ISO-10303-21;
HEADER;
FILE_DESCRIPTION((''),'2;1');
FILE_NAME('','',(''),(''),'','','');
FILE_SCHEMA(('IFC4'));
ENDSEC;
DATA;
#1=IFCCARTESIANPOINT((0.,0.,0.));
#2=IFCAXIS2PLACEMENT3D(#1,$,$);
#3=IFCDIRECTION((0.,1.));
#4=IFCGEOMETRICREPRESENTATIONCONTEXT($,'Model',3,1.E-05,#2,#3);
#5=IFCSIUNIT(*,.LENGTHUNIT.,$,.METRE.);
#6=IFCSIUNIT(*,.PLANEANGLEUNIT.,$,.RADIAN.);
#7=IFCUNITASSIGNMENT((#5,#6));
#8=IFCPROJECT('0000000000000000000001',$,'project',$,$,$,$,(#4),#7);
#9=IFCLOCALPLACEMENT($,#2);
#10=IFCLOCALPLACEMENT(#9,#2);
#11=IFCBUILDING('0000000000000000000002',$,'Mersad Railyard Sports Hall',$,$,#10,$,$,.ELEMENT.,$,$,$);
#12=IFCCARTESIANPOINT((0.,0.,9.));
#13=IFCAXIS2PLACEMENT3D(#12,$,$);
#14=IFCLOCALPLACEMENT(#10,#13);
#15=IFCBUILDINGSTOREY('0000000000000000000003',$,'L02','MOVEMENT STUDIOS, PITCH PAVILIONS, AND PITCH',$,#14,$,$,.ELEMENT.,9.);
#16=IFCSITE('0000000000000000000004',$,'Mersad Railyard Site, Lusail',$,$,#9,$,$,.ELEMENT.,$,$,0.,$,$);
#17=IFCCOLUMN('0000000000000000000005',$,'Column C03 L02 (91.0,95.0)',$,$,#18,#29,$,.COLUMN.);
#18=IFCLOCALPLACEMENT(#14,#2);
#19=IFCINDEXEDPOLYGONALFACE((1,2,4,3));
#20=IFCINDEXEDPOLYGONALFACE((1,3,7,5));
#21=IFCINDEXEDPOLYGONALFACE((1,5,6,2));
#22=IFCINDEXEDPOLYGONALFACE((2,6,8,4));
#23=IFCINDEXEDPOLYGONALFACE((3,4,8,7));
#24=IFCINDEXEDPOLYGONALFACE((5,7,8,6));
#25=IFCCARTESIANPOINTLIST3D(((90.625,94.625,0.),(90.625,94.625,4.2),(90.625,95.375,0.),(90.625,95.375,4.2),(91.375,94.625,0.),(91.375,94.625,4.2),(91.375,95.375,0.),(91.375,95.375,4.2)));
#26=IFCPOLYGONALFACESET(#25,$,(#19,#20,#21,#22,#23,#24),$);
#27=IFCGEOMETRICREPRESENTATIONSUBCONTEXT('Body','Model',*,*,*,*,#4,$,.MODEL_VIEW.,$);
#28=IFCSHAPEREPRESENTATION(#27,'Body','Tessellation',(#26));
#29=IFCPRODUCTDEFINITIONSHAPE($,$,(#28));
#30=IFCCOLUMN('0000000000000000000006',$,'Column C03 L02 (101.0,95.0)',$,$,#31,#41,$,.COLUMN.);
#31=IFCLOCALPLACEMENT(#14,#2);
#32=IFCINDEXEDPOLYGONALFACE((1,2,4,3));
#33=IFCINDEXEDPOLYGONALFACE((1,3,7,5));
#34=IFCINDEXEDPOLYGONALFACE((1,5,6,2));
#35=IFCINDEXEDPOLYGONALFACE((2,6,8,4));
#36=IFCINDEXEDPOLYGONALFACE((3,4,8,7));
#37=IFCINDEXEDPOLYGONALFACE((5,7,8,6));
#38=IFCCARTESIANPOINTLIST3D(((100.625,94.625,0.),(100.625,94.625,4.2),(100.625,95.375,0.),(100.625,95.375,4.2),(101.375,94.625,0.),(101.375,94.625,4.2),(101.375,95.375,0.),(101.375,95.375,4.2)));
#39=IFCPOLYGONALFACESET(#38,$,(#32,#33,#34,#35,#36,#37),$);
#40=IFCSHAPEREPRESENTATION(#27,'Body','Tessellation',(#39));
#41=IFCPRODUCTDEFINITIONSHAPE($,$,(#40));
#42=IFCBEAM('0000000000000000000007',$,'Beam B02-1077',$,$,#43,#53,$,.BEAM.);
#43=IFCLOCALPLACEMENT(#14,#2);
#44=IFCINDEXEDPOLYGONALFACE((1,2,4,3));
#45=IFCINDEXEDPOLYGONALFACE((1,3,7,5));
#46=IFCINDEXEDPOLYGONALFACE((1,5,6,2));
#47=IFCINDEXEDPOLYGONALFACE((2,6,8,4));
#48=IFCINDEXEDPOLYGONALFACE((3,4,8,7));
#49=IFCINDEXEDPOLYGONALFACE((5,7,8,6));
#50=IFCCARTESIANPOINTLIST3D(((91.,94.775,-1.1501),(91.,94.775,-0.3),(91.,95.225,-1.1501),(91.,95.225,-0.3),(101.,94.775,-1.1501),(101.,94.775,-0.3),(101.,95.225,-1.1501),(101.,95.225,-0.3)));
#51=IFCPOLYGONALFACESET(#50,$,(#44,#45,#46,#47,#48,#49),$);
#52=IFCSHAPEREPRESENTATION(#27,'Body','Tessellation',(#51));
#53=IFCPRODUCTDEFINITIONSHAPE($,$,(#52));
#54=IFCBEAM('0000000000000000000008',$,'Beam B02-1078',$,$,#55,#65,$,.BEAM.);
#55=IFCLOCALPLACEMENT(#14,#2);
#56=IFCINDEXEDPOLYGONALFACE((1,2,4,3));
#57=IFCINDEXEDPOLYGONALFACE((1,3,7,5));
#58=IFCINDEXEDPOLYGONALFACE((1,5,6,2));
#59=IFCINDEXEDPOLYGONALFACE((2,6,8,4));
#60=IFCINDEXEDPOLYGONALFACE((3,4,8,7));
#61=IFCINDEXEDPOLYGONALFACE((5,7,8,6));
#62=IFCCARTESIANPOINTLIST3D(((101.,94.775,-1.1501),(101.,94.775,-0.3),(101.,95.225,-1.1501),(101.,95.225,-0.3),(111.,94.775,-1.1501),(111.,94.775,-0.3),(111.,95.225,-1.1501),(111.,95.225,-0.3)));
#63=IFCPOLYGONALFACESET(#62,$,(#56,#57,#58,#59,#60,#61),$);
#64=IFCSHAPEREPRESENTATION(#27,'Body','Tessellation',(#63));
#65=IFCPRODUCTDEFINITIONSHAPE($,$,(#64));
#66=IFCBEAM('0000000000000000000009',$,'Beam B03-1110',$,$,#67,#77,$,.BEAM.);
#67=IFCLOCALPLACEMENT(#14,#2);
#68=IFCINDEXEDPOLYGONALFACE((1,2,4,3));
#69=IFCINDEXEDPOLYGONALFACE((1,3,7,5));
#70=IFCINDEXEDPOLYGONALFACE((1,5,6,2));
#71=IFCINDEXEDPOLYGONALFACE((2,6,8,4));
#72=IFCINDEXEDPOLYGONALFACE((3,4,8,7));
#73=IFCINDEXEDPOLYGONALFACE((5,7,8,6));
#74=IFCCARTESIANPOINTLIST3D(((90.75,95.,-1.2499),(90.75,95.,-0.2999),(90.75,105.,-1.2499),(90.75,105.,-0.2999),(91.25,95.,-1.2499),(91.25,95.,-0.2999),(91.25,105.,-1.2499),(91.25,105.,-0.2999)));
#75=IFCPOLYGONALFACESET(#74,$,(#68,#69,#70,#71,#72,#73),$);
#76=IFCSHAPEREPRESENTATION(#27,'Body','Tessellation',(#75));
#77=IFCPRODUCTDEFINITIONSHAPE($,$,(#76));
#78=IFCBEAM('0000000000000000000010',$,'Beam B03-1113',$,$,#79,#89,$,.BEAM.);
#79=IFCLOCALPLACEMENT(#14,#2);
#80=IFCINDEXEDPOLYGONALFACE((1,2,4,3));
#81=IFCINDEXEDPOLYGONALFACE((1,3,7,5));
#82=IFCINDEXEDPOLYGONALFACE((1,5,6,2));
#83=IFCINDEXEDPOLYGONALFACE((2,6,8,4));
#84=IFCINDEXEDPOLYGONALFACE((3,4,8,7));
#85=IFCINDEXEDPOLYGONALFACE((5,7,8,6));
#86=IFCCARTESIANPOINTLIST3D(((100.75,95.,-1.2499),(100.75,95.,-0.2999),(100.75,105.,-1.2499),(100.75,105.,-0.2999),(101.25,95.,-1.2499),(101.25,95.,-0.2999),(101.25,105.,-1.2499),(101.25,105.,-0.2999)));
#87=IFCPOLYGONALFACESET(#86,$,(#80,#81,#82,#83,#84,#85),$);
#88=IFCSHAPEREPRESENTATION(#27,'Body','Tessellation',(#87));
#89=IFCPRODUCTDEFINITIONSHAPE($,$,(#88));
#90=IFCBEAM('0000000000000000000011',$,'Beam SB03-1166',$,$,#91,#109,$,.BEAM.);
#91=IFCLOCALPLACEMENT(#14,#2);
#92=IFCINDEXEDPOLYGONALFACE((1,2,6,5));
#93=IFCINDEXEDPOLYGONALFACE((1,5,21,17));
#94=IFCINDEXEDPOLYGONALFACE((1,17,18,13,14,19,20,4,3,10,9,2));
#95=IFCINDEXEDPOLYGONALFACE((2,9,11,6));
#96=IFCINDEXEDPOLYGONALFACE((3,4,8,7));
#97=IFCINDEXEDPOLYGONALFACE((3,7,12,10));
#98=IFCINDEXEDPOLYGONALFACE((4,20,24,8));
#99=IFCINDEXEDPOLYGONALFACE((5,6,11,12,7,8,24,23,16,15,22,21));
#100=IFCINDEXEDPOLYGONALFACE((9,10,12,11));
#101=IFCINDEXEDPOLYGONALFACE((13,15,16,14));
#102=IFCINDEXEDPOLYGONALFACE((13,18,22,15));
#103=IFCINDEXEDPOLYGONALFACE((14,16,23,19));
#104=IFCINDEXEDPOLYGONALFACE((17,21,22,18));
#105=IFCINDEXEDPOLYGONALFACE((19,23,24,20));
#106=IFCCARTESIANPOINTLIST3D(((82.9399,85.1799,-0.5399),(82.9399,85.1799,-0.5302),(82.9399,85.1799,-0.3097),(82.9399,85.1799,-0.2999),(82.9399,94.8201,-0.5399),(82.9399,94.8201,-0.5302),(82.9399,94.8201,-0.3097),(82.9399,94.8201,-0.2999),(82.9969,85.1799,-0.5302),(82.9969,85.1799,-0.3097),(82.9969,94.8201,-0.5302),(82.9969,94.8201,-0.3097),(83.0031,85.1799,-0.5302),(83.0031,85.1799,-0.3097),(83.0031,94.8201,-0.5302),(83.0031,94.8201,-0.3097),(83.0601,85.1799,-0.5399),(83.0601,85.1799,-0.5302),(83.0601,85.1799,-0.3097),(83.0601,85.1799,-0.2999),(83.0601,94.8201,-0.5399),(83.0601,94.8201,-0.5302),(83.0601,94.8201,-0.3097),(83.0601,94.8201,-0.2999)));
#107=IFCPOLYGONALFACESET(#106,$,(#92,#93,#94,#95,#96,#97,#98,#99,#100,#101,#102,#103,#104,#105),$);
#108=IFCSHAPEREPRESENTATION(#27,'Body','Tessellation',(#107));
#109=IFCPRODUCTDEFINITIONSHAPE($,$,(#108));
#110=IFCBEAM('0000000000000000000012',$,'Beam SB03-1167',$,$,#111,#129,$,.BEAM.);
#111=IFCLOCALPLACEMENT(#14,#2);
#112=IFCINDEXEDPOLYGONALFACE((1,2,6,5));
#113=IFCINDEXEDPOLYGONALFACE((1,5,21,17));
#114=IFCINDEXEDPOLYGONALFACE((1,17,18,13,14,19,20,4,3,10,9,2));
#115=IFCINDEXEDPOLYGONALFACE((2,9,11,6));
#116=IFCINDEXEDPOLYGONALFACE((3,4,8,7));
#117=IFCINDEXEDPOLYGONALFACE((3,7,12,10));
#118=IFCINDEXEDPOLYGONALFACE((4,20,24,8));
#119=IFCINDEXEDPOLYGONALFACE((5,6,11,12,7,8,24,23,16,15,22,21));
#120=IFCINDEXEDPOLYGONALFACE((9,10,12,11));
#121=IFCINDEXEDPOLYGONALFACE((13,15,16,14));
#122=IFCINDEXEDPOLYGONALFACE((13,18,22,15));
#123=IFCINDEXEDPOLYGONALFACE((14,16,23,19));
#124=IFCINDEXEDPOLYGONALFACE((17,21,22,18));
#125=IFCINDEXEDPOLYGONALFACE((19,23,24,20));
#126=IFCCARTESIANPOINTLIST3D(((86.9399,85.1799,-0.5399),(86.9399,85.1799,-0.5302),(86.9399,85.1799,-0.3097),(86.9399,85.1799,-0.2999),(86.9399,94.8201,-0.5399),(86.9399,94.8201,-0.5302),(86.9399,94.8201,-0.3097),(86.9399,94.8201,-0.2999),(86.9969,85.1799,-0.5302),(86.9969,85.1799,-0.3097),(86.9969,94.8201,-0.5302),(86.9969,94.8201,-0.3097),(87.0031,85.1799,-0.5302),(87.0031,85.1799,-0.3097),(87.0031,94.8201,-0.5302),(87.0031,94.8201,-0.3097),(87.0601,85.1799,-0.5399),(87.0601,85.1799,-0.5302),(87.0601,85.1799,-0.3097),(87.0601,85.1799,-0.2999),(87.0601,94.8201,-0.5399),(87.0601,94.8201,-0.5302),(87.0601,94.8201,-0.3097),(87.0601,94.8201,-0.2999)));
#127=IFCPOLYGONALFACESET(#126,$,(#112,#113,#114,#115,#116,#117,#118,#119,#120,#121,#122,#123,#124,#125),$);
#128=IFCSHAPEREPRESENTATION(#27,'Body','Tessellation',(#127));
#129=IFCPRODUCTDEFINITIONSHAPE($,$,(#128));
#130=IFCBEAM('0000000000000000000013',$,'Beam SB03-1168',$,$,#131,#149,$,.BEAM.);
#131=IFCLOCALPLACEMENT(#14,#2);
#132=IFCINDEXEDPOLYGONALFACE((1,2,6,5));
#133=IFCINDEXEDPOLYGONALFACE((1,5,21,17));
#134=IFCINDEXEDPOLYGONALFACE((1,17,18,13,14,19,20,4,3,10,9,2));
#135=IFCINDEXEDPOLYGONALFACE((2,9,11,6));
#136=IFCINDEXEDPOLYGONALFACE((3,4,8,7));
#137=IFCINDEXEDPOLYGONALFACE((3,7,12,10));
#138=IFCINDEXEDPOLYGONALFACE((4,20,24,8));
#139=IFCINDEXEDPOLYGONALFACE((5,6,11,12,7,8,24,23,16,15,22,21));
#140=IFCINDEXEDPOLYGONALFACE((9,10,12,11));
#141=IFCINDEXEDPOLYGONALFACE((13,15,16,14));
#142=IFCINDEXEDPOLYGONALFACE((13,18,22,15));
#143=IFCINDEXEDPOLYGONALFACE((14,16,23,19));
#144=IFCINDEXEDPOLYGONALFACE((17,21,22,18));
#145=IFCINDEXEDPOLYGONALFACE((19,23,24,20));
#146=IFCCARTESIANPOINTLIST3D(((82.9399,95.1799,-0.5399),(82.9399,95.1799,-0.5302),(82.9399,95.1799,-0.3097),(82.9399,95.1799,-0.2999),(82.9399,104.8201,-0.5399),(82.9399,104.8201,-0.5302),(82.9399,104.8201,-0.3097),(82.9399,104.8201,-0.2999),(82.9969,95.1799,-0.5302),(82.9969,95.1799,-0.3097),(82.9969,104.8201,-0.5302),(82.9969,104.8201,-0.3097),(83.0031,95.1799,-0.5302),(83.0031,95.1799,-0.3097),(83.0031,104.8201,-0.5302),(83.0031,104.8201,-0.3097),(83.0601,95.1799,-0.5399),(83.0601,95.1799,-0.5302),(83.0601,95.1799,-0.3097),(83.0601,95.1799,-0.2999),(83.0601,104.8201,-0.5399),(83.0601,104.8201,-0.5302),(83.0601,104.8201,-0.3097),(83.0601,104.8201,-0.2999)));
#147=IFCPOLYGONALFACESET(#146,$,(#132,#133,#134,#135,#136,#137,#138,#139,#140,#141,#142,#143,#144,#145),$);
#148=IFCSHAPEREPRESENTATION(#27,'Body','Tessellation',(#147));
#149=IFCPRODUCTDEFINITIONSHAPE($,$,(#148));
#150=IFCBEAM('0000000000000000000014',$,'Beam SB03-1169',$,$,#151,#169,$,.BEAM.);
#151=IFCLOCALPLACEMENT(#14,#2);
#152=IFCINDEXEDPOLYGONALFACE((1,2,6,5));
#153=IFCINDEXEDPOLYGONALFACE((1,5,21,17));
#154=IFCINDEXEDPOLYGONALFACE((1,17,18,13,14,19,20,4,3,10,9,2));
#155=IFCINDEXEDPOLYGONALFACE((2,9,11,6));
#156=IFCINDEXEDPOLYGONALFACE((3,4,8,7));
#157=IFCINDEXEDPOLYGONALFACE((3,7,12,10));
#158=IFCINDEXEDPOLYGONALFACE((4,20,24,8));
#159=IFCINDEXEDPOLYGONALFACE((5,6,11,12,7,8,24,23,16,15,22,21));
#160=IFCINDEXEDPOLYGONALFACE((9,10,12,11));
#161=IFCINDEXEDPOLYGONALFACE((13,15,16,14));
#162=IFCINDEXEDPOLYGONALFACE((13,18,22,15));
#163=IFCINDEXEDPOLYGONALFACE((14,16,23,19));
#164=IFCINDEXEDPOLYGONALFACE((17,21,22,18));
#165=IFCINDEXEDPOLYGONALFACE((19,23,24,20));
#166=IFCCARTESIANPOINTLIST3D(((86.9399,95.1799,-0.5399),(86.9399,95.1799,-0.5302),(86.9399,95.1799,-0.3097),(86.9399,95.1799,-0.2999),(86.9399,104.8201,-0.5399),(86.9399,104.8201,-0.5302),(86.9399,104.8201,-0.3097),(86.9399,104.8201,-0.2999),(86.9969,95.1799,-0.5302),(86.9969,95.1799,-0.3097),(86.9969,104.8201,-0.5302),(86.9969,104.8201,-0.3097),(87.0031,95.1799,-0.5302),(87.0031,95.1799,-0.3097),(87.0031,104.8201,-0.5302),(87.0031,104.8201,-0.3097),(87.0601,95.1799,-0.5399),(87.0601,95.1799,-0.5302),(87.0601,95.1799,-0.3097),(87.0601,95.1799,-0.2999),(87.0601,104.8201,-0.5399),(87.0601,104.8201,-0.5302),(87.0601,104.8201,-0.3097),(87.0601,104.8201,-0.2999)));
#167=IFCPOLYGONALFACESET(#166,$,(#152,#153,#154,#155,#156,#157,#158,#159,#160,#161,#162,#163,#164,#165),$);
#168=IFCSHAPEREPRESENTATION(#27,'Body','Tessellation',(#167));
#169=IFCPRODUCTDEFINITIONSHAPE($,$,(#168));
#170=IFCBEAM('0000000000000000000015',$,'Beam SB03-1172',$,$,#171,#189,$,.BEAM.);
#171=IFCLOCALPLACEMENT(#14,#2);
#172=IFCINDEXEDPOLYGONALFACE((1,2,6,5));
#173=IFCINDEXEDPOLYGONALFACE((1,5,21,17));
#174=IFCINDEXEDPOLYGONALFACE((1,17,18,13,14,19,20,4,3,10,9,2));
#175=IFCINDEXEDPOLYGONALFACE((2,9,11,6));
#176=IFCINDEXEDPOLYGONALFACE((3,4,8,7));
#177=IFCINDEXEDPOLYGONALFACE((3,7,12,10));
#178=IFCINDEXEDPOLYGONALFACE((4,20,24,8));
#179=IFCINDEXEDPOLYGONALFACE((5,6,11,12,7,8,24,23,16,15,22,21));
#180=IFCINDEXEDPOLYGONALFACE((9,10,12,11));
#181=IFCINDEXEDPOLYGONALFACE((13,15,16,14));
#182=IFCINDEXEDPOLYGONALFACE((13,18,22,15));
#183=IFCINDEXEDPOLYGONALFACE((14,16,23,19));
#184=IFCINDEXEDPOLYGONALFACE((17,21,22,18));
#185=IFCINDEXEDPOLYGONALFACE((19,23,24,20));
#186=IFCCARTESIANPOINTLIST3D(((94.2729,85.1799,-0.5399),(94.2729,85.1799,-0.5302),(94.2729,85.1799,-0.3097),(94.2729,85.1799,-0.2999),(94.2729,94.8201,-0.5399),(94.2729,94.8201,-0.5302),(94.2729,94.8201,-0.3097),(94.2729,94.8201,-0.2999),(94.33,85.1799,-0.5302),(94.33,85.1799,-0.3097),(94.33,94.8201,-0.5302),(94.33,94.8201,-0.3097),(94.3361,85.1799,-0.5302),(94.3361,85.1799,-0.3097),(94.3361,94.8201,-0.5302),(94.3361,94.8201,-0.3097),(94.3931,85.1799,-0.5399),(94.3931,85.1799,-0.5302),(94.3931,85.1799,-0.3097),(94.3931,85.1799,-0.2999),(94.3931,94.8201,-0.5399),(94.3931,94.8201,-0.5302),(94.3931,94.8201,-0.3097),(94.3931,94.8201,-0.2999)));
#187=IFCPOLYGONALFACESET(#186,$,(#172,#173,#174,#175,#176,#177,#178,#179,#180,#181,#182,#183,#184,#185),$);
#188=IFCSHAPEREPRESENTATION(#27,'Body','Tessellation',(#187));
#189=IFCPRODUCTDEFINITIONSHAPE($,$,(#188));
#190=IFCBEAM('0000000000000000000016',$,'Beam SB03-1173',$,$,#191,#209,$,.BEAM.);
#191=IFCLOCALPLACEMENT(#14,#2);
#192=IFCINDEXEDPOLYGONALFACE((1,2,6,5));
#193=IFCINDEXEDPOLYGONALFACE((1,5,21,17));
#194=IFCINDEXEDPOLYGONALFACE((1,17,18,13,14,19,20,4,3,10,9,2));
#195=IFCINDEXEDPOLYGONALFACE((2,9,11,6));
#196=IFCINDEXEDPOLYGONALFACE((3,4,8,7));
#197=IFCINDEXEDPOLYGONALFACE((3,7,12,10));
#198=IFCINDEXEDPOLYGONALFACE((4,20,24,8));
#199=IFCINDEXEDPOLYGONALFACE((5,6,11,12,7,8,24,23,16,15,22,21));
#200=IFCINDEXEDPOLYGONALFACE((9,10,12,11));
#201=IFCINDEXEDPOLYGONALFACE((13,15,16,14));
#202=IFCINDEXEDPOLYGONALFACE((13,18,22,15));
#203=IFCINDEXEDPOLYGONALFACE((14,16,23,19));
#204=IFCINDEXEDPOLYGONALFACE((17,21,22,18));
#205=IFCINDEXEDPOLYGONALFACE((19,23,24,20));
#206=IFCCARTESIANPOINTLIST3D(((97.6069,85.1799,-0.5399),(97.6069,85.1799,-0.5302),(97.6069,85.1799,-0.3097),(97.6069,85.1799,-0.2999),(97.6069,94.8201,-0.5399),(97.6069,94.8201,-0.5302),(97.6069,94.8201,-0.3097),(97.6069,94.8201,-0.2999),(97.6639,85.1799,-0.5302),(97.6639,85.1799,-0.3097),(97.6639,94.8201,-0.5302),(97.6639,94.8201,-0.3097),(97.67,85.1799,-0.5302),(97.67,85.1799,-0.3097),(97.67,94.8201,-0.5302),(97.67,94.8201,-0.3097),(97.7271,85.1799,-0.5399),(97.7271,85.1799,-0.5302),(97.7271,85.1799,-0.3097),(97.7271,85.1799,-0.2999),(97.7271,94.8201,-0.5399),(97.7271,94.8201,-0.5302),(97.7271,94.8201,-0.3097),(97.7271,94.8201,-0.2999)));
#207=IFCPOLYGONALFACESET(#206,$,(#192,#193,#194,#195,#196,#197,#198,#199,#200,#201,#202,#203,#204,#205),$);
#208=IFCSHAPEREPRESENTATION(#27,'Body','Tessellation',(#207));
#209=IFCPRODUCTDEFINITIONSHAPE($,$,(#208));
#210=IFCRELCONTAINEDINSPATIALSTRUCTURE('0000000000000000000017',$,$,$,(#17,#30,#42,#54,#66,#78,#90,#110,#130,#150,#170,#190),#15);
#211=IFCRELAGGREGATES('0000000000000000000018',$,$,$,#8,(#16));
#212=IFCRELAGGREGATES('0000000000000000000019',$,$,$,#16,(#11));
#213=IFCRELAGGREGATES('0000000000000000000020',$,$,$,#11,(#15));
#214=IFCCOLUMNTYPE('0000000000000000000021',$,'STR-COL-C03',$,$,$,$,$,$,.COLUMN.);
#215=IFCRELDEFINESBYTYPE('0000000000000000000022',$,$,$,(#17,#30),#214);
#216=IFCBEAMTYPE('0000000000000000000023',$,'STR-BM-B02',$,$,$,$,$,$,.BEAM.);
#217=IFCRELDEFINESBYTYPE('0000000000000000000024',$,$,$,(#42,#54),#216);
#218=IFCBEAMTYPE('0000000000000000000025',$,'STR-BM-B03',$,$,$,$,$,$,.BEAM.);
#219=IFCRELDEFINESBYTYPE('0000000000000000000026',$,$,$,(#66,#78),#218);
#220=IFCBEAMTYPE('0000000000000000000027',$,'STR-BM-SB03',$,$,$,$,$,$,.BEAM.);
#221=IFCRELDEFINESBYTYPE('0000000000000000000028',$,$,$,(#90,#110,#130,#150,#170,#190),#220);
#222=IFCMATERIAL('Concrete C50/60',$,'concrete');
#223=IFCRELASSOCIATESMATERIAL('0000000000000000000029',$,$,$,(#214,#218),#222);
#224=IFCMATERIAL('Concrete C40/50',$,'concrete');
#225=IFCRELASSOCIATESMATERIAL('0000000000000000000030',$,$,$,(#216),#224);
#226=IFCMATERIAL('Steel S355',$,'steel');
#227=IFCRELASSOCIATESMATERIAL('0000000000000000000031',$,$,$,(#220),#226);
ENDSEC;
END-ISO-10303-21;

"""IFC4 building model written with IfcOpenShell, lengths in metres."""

from ifc_helpers import new_model, si_unit, direction, frame, origin, origin_2d, place, context, subcontext, project, spatial, rectangle, i_section, extrude, material, material_profile, profile_set, type_object, element, save


model = new_model("IFC4")

# Units and contexts
model_context = context("Model", 3, precision=1e-05, world=origin(), true_north=direction((0.0, 1.0)))
body_context = subcontext(model_context, "Body", "Model", "MODEL_VIEW")
ifc_project = project(units=[si_unit("LENGTHUNIT", "METRE"), si_unit("PLANEANGLEUNIT", "RADIAN")], contexts=[model_context])

# Site, building, storey
site_placement = place(None, origin())
site = spatial("IfcSite", under=ifc_project, at=site_placement, Name="Mersad Railyard Site, Lusail", CompositionType="ELEMENT", RefElevation=0.0)
building_placement = place(site_placement, origin())
building = spatial("IfcBuilding", under=site, at=building_placement, Name="Mersad Railyard Sports Hall", CompositionType="ELEMENT")
storey_placement = place(building_placement, frame((0.0, 0.0, 9.0)))
storey = spatial("IfcBuildingStorey", under=building, at=storey_placement, Name="L02", Description="MOVEMENT STUDIOS, PITCH PAVILIONS, AND PITCH", CompositionType="ELEMENT", Elevation=9.0)

# Columns
ifc_material_1 = material(Name="Concrete C50/60", Category="concrete")
ifc_material_profile_1 = material_profile(ifc_material_1, rectangle(XDim=0.75, YDim=0.75, at=origin_2d()), Name="RC 750x750")
ifc_profile_set_1 = profile_set([ifc_material_profile_1], Name="Concrete C50/60")
column_type = type_object("IfcColumnType", Name="STR-COL-C03", PredefinedType="COLUMN", material=ifc_profile_set_1)
for number, where, z_axis, x_axis, name in (
    (1, (91.0, 95.0, 0.0), (0.0, 0.0, 1.0), (1.0, 0.0, 0.0), "Column C03 L02 (91.0,95.0)"),
    (2, (101.0, 95.0, 0.0), (0.0, 0.0, 1.0), (1.0, 0.0, 0.0), "Column C03 L02 (101.0,95.0)"),
):
    element("IfcColumn", number, at=place(storey_placement, frame(where, z_axis=z_axis, x_axis=x_axis)), inside=storey, type_object=column_type, Name=name, PredefinedType="COLUMN", context=body_context, shape_type="SweptSolid", body=[
        extrude(rectangle(XDim=0.75, YDim=0.75, at=origin_2d()), origin(), (0.0, 0.0, 1.0), 4.2),
    ])

# Beams
ifc_material_2 = material(Name="Concrete C40/50", Category="concrete")
ifc_material_profile_2 = material_profile(ifc_material_2, rectangle(XDim=0.45, YDim=0.8501, at=origin_2d()), Name="RC 450x850")
ifc_profile_set_2 = profile_set([ifc_material_profile_2], Name="Concrete C40/50")
beam_type_1 = type_object("IfcBeamType", Name="STR-BM-B02", PredefinedType="BEAM", material=ifc_profile_set_2)
for number, where, z_axis, x_axis, name in (
    (3, (91.0, 95.0, -0.7251), (1.0, 0.0, 0.0), (0.0, 1.0, 0.0), "Beam B02-1077"),
    (4, (101.0, 95.0, -0.7251), (1.0, 0.0, 0.0), (0.0, 1.0, 0.0), "Beam B02-1078"),
):
    element("IfcBeam", number, at=place(storey_placement, frame(where, z_axis=z_axis, x_axis=x_axis)), inside=storey, type_object=beam_type_1, Name=name, PredefinedType="BEAM", context=body_context, shape_type="SweptSolid", body=[
        extrude(rectangle(XDim=0.45, YDim=0.8501, at=origin_2d()), origin(), (0.0, 0.0, 1.0), 10.0),
    ])
ifc_material_profile_3 = material_profile(ifc_material_1, rectangle(XDim=0.5, YDim=0.95, at=origin_2d()), Name="RC 500x950")
ifc_profile_set_3 = profile_set([ifc_material_profile_3], Name="Concrete C50/60")
beam_type_2 = type_object("IfcBeamType", Name="STR-BM-B03", PredefinedType="BEAM", material=ifc_profile_set_3)
for number, where, z_axis, x_axis, name in (
    (5, (91.0, 95.0, -0.7749), (0.0, 1.0, 0.0), (-1.0, 0.0, 0.0), "Beam B03-1110"),
    (6, (101.0, 95.0, -0.7749), (0.0, 1.0, 0.0), (-1.0, 0.0, 0.0), "Beam B03-1113"),
):
    element("IfcBeam", number, at=place(storey_placement, frame(where, z_axis=z_axis, x_axis=x_axis)), inside=storey, type_object=beam_type_2, Name=name, PredefinedType="BEAM", context=body_context, shape_type="SweptSolid", body=[
        extrude(rectangle(XDim=0.5, YDim=0.95, at=origin_2d()), origin(), (0.0, 0.0, 1.0), 10.0),
    ])
ifc_material_3 = material(Name="Steel S355", Category="steel")
ifc_material_profile_4 = material_profile(ifc_material_3, i_section(OverallWidth=0.1201, OverallDepth=0.24, WebThickness=0.0061, FlangeThickness=0.0098, at=origin_2d()), Name="IPE 240")
ifc_profile_set_4 = profile_set([ifc_material_profile_4], Name="Steel S355")
beam_type_3 = type_object("IfcBeamType", Name="STR-BM-SB03", PredefinedType="BEAM", material=ifc_profile_set_4)
for number, where, z_axis, x_axis, name in (
    (7, (83.0, 85.1799, -0.4199), (0.0, 1.0, 0.0), (-1.0, 0.0, 0.0), "Beam SB03-1166"),
    (8, (87.0, 85.1799, -0.4199), (0.0, 1.0, 0.0), (-1.0, 0.0, 0.0), "Beam SB03-1167"),
    (9, (83.0, 95.1799, -0.4199), (0.0, 1.0, 0.0), (-1.0, 0.0, 0.0), "Beam SB03-1168"),
    (10, (87.0, 95.1799, -0.4199), (0.0, 1.0, 0.0), (-1.0, 0.0, 0.0), "Beam SB03-1169"),
    (11, (94.333, 85.1799, -0.4199), (0.0, 1.0, 0.0), (-1.0, 0.0, 0.0), "Beam SB03-1172"),
    (12, (97.667, 85.1799, -0.4199), (0.0, 1.0, 0.0), (-1.0, 0.0, 0.0), "Beam SB03-1173"),
):
    element("IfcBeam", number, at=place(storey_placement, frame(where, z_axis=z_axis, x_axis=x_axis)), inside=storey, type_object=beam_type_3, Name=name, PredefinedType="BEAM", context=body_context, shape_type="SweptSolid", body=[
        extrude(i_section(OverallWidth=0.1201, OverallDepth=0.24, WebThickness=0.0061, FlangeThickness=0.0098, at=origin_2d()), origin(), (0.0, 0.0, 1.0), 9.6401),
    ])

save(model, "model.ifc")
